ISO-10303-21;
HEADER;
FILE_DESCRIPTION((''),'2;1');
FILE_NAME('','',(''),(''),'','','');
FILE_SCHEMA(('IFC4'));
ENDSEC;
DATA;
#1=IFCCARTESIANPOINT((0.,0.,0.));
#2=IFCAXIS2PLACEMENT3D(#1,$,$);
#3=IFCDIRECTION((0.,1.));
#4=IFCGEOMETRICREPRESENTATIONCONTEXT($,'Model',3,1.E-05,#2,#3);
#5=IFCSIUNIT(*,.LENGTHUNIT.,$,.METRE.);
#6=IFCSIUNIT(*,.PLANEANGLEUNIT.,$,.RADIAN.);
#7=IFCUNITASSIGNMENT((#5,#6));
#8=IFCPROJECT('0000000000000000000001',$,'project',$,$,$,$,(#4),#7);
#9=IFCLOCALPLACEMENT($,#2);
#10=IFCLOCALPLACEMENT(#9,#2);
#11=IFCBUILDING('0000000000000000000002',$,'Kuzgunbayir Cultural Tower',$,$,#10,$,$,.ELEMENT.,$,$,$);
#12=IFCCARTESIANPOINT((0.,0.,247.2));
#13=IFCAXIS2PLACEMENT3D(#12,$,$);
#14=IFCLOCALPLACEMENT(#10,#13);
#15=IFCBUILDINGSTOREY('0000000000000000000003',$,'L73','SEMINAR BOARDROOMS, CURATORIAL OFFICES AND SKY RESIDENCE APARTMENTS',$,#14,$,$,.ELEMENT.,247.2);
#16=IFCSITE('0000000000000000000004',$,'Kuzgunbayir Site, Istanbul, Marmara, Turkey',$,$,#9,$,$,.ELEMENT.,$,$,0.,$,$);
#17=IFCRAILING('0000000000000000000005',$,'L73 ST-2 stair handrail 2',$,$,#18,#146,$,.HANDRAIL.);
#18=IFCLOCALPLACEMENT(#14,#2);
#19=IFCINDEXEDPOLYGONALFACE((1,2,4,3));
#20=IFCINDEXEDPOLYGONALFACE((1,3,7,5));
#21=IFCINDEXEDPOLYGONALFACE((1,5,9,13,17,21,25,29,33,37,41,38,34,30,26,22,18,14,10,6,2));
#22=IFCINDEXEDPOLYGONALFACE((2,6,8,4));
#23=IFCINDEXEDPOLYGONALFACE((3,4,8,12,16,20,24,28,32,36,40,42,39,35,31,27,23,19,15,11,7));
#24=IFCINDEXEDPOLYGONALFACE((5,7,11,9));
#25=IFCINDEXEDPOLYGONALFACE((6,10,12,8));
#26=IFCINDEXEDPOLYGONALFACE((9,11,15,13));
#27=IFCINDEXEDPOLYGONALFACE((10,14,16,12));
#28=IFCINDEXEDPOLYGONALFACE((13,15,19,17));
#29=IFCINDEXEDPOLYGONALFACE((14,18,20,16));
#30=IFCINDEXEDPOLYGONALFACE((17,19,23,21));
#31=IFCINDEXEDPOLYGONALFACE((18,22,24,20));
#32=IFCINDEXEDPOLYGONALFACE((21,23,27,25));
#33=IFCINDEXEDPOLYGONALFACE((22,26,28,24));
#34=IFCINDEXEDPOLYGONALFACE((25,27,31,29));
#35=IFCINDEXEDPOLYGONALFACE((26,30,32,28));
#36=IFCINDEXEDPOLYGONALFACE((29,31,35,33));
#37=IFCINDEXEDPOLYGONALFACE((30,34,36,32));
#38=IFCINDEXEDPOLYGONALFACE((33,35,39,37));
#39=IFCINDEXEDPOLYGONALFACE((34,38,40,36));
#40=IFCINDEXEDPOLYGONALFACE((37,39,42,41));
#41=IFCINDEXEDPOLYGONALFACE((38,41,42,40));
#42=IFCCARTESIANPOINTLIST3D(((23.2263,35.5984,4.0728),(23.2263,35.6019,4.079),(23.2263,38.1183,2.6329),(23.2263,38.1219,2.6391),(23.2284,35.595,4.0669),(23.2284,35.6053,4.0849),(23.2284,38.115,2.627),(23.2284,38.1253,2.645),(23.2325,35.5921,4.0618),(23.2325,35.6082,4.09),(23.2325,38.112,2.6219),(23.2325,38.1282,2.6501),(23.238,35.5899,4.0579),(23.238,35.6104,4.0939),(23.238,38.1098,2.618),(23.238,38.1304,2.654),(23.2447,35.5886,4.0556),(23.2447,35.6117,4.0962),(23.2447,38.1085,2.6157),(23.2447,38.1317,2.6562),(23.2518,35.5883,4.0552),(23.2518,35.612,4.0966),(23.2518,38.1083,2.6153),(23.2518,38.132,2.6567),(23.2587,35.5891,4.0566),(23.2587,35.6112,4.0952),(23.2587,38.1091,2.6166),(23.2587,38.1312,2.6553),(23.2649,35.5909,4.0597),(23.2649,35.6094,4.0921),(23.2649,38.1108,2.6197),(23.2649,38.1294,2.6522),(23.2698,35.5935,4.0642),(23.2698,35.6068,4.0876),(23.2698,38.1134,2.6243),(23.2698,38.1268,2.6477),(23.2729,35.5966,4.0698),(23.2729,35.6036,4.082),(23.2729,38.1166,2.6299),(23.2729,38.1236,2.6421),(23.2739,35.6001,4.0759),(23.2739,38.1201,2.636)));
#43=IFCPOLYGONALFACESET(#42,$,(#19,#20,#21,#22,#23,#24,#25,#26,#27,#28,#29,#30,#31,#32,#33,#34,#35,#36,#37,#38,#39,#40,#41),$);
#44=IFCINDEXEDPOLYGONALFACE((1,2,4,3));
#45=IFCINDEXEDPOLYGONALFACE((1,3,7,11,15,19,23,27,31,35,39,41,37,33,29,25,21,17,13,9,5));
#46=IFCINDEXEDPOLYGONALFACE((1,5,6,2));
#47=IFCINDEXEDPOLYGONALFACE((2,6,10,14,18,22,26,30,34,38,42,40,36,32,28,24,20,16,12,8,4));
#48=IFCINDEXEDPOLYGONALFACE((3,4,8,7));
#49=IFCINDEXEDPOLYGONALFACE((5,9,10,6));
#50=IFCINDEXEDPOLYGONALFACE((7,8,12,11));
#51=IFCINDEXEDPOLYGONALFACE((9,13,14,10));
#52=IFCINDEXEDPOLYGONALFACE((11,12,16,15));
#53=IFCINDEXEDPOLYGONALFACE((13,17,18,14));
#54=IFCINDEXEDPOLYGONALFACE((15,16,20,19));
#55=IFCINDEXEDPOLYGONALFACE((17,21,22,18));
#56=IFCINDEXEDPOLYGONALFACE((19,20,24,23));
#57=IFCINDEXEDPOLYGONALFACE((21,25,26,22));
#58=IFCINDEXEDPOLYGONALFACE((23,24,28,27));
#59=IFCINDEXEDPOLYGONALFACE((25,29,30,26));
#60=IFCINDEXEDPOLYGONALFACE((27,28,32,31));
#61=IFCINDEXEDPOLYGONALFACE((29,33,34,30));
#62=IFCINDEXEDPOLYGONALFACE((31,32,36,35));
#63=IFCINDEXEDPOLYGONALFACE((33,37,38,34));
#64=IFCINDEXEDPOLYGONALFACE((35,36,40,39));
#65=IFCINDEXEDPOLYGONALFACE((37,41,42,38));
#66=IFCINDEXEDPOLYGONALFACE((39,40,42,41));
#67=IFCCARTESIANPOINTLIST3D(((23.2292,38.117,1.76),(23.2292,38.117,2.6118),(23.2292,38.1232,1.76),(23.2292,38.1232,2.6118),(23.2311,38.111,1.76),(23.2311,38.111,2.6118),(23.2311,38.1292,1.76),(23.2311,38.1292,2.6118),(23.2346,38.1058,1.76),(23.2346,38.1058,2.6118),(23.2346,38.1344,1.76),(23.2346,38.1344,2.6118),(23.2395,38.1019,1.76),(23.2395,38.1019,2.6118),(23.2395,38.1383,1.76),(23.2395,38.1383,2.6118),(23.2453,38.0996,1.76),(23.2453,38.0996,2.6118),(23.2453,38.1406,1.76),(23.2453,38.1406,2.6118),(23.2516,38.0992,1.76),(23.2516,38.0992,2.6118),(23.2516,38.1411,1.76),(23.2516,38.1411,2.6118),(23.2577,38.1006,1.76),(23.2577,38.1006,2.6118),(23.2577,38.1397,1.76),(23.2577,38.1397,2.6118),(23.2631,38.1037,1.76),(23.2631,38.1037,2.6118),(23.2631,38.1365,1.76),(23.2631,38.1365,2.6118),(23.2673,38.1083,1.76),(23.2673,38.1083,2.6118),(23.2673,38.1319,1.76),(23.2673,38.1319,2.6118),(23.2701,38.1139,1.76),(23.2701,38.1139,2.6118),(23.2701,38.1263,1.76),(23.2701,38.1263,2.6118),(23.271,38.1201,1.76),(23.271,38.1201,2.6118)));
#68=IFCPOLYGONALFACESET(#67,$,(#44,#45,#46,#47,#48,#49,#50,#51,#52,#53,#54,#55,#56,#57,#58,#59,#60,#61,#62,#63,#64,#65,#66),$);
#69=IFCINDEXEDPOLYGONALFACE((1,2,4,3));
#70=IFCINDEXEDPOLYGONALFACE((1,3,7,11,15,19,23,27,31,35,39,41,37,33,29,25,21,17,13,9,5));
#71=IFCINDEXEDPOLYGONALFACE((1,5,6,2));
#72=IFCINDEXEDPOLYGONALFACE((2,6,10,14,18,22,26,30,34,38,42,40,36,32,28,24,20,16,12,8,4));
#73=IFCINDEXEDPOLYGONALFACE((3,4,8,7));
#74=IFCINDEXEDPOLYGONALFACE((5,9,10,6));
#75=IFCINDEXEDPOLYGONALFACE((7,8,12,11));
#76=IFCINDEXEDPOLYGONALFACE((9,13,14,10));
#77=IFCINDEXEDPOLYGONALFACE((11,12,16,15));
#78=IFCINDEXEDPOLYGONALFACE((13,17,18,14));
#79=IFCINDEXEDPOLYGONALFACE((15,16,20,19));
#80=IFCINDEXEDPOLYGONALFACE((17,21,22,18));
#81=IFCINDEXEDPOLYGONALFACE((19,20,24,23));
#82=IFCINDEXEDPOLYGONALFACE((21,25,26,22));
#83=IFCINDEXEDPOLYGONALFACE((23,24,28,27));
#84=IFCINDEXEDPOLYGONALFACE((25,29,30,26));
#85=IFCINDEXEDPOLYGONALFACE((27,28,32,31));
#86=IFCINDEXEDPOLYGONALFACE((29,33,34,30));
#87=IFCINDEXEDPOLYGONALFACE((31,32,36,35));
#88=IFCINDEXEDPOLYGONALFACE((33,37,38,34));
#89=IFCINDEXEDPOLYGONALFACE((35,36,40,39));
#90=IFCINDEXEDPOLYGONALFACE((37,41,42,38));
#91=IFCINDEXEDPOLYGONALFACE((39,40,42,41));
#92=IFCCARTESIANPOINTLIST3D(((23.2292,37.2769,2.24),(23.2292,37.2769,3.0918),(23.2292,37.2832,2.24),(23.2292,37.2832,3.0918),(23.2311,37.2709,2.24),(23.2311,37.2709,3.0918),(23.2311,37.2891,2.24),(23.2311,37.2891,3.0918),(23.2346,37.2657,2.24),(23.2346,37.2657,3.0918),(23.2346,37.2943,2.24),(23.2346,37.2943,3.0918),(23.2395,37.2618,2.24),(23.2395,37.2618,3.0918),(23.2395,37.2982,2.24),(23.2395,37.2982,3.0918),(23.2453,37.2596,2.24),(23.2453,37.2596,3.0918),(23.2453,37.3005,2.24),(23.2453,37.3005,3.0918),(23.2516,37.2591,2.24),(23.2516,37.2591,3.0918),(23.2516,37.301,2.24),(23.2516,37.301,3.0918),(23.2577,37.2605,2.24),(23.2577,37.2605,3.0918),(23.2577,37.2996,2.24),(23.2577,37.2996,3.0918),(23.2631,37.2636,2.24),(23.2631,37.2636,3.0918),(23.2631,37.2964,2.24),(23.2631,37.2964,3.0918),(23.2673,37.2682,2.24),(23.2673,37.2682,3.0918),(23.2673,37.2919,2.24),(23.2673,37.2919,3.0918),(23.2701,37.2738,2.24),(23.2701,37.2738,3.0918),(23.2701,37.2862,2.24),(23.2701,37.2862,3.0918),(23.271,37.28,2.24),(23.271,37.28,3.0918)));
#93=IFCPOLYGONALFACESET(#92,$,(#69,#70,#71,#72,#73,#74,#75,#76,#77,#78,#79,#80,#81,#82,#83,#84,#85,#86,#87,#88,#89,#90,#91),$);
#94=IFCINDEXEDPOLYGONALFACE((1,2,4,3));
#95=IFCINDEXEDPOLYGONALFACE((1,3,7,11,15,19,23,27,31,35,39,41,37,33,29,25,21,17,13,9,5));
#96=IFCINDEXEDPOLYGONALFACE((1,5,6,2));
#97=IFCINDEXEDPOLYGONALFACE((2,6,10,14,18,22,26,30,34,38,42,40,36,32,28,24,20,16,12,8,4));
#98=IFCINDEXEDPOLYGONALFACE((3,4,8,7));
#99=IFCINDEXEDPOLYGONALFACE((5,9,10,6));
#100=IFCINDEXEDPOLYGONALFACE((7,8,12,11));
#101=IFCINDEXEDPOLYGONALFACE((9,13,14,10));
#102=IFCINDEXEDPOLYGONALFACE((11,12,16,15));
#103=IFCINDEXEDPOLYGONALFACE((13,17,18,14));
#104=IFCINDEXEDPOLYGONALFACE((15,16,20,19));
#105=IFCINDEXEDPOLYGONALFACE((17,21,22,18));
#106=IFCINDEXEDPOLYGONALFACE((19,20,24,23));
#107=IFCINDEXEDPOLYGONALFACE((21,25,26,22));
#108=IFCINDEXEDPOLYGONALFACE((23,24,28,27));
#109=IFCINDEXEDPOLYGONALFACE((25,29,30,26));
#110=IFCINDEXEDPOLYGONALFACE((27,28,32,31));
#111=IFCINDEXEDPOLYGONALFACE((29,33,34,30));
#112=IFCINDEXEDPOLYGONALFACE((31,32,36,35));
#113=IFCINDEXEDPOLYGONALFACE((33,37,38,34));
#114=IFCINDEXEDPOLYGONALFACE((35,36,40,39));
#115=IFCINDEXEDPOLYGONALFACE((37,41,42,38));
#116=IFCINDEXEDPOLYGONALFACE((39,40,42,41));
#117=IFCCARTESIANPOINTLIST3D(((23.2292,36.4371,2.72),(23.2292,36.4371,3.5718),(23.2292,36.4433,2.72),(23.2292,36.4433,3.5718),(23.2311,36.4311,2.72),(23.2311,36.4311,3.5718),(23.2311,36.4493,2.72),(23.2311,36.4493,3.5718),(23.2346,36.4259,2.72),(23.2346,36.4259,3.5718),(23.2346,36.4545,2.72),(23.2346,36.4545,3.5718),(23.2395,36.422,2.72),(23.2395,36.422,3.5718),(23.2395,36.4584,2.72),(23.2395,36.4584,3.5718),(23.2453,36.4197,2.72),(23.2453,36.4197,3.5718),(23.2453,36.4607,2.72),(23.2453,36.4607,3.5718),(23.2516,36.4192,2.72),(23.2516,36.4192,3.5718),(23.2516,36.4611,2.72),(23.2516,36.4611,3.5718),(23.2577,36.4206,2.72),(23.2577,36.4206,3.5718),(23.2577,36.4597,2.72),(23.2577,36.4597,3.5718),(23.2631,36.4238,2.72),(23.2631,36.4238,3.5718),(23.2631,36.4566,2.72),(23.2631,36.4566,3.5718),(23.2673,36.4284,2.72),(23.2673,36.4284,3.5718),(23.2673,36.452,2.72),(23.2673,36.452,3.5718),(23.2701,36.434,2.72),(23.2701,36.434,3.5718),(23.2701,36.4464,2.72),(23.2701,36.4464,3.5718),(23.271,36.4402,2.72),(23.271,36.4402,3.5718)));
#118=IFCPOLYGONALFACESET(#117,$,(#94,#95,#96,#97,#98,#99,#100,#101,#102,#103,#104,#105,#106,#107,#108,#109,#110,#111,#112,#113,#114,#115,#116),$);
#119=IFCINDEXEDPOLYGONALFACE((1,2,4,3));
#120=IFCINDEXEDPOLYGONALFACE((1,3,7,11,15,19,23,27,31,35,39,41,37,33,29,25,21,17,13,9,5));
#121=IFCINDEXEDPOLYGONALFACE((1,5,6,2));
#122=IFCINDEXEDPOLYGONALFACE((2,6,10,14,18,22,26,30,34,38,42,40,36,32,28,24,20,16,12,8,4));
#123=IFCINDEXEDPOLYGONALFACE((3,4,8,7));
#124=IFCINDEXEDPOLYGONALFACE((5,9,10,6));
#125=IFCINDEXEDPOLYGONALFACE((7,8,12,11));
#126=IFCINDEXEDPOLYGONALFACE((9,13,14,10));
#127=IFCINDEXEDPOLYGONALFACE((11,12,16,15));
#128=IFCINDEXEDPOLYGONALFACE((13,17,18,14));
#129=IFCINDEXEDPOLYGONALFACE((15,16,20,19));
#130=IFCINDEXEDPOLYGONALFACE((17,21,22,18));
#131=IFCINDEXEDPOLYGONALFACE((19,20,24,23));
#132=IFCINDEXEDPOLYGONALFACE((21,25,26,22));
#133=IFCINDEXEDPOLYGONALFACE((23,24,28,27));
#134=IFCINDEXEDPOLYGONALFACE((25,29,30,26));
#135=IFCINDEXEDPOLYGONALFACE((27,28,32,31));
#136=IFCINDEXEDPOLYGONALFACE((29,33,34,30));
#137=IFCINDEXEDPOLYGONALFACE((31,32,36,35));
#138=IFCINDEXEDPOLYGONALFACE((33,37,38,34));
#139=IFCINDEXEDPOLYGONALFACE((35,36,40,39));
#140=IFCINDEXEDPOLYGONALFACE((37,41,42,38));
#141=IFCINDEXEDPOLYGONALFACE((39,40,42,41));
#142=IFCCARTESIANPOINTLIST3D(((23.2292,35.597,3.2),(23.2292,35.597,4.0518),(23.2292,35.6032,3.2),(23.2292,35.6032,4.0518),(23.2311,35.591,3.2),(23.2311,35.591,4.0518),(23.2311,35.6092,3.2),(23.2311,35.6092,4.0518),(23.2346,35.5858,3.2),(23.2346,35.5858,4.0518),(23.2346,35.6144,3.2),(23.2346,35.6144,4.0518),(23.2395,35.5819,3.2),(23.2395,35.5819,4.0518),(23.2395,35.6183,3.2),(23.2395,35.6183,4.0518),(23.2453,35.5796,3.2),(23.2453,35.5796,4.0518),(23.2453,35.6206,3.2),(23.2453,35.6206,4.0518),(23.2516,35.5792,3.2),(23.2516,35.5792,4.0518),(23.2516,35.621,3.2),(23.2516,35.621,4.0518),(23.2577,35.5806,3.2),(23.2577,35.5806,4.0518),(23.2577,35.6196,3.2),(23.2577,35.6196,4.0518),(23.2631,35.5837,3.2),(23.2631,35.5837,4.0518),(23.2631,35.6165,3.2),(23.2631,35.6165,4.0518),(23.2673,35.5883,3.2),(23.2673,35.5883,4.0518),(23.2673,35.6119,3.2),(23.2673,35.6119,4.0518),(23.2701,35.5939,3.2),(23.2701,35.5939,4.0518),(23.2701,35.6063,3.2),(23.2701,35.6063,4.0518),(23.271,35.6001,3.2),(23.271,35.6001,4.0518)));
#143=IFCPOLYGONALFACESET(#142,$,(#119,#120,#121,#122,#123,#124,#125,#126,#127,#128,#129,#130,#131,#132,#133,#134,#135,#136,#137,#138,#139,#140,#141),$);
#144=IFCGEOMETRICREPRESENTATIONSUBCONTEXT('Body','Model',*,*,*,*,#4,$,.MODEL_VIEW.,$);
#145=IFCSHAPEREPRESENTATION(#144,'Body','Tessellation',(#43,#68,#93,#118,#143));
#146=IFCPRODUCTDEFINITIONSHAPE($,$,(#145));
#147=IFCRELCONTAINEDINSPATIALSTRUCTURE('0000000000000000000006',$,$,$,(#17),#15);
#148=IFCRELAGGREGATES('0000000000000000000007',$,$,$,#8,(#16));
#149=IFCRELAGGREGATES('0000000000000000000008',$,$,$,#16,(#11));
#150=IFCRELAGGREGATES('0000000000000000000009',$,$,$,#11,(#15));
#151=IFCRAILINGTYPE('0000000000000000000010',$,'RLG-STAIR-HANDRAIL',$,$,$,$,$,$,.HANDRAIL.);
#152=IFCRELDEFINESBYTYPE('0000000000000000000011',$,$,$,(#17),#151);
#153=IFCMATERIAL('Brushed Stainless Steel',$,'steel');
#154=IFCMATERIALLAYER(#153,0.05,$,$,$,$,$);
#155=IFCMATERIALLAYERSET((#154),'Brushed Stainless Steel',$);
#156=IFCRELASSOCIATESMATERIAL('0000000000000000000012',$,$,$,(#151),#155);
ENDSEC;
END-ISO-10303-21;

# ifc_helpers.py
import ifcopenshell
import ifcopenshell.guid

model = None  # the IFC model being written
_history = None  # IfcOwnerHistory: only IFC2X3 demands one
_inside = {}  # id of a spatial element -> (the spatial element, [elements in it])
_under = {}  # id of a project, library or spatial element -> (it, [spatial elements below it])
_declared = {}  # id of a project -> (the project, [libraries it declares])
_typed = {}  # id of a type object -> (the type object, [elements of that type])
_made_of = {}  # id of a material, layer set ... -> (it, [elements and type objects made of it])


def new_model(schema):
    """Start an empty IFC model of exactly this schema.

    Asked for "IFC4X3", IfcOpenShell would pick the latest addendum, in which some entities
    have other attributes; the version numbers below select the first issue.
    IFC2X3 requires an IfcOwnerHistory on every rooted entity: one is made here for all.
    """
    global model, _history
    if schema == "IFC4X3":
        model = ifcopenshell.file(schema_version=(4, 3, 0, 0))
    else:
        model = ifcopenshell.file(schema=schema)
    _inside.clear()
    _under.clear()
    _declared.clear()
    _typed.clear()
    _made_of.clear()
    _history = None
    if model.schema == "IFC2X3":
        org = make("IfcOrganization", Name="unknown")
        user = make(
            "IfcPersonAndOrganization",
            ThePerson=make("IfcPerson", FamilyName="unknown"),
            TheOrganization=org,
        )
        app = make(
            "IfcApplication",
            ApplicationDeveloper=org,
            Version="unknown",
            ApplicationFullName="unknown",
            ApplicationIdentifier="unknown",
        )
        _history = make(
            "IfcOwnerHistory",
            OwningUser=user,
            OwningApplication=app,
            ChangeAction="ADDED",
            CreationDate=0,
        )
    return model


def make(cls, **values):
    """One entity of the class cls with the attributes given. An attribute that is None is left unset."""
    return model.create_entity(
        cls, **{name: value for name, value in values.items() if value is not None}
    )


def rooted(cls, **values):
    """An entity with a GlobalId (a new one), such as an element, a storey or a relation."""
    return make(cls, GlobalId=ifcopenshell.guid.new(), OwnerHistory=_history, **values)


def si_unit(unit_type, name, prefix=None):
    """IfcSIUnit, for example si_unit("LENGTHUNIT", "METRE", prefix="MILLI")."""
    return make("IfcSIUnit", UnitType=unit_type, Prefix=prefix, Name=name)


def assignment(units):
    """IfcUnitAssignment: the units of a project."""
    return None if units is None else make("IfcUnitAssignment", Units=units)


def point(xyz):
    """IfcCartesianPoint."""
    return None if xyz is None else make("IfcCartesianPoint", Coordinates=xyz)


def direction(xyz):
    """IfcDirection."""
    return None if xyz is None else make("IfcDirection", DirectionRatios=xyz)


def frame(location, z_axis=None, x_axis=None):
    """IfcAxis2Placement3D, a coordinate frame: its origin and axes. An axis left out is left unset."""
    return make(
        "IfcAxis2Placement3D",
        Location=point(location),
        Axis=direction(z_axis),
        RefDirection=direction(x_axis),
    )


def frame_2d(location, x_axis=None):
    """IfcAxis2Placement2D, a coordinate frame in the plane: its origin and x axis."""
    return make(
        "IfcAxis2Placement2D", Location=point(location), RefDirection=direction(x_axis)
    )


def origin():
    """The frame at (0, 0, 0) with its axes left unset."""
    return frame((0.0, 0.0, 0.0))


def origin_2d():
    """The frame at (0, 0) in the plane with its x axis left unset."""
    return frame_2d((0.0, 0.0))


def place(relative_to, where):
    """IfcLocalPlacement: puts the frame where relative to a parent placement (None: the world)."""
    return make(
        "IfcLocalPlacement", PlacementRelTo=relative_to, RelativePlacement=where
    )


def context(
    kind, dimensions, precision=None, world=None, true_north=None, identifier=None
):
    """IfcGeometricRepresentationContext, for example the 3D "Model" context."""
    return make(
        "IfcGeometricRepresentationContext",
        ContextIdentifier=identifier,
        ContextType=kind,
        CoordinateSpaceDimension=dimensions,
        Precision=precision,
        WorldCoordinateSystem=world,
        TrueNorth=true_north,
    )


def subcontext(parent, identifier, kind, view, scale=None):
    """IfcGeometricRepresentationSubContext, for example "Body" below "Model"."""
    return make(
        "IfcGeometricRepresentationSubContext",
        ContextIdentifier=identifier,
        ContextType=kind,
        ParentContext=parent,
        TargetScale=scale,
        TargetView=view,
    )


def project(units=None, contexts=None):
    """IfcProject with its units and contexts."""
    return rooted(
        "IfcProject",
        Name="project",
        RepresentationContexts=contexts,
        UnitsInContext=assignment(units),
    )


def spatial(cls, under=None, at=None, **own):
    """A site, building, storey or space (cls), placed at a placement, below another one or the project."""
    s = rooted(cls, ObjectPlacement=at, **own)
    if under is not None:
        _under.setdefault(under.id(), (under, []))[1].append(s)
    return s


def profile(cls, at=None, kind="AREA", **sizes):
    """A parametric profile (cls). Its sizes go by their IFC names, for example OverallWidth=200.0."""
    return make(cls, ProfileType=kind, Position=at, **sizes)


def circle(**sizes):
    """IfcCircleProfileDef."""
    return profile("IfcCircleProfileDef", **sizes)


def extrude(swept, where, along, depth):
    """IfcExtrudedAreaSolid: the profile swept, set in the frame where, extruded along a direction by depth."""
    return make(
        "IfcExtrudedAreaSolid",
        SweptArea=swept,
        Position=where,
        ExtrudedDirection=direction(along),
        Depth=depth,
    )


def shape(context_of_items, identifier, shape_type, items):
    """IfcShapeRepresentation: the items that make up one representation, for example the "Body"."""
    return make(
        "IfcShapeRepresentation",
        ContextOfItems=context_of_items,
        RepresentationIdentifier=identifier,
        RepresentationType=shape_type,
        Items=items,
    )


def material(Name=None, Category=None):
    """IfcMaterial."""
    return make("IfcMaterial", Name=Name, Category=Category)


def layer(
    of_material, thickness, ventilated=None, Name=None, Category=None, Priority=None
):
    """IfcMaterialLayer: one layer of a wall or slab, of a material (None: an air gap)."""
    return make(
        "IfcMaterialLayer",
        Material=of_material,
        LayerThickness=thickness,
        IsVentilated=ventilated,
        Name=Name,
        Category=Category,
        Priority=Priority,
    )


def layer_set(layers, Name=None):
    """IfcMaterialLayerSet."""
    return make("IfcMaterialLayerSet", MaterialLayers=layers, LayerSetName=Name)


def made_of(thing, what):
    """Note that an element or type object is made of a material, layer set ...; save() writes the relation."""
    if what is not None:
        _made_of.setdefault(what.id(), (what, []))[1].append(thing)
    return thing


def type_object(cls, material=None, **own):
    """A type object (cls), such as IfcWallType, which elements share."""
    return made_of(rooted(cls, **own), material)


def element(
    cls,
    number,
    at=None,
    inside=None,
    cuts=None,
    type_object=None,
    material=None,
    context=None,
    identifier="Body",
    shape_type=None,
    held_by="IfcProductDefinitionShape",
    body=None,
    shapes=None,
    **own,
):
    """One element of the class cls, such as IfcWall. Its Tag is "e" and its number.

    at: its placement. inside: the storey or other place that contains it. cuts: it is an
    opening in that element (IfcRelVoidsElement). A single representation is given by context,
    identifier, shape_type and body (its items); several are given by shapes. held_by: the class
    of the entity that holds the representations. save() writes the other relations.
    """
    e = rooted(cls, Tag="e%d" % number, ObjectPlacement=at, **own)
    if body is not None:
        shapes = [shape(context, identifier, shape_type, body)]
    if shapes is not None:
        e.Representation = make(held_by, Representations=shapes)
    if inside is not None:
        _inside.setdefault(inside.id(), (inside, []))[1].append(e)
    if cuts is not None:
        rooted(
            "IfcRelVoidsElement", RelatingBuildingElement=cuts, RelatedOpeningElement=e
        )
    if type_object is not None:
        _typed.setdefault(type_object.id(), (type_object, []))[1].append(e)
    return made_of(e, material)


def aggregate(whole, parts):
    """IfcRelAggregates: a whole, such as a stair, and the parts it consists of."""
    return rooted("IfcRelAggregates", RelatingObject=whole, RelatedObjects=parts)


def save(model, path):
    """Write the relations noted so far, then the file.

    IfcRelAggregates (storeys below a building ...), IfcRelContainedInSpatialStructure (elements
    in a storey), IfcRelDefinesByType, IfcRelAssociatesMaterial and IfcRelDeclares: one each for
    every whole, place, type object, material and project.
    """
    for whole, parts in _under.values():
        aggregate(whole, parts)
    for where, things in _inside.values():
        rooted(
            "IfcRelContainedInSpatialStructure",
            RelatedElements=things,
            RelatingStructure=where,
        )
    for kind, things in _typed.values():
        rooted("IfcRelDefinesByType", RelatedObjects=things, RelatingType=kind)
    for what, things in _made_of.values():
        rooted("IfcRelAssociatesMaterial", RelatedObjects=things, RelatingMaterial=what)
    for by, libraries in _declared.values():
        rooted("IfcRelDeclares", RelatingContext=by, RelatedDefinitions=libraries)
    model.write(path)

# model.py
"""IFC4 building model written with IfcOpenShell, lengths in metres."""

from ifc_helpers import new_model, si_unit, direction, frame, origin, origin_2d, place, context, subcontext, project, spatial, circle, extrude, material, layer, layer_set, type_object, element, save


model = new_model("IFC4")

# Units and contexts
model_context = context("Model", 3, precision=1e-05, world=origin(), true_north=direction((0.0, 1.0)))
body_context = subcontext(model_context, "Body", "Model", "MODEL_VIEW")
ifc_project = project(units=[si_unit("LENGTHUNIT", "METRE"), si_unit("PLANEANGLEUNIT", "RADIAN")], contexts=[model_context])

# Site, building, storey
site_placement = place(None, origin())
site = spatial("IfcSite", under=ifc_project, at=site_placement, Name="Kuzgunbayir Site, Istanbul, Marmara, Turkey", CompositionType="ELEMENT", RefElevation=0.0)
building_placement = place(site_placement, origin())
building = spatial("IfcBuilding", under=site, at=building_placement, Name="Kuzgunbayir Cultural Tower", CompositionType="ELEMENT")
storey_placement = place(building_placement, frame((0.0, 0.0, 247.2)))
storey = spatial("IfcBuildingStorey", under=building, at=storey_placement, Name="L73", Description="SEMINAR BOARDROOMS, CURATORIAL OFFICES AND SKY RESIDENCE APARTMENTS", CompositionType="ELEMENT", Elevation=247.2)

# Shared definitions
ifc_material_1 = material(Name="Brushed Stainless Steel", Category="steel")

# Railing
ifc_layer_1 = layer(ifc_material_1, 0.05)
ifc_layer_set_1 = layer_set([ifc_layer_1], Name="Brushed Stainless Steel")
railing_type = type_object("IfcRailingType", Name="RLG-STAIR-HANDRAIL", PredefinedType="HANDRAIL", material=ifc_layer_set_1)
railing_placement = place(storey_placement, frame((23.25, 38.1201, 1.76)))
element("IfcRailing", 1, at=railing_placement, inside=storey, type_object=railing_type, Name="L73 ST-2 stair handrail 2", PredefinedType="HANDRAIL", context=body_context, shape_type="SweptSolid", body=[
    extrude(circle(Radius=0.0239, at=origin_2d()), frame((0.0, 0.0, 0.876), z_axis=(0.0, -0.868253, 0.496121), x_axis=(1.0, 0.0, 0.0)), (0.0, 0.0, 1.0), 2.9023),
    extrude(circle(Radius=0.021, at=origin_2d()), origin(), (0.0, 0.0, 1.0), 0.8518),
    extrude(circle(Radius=0.021, at=origin_2d()), frame((0.0, -0.8401, 0.48)), (0.0, 0.0, 1.0), 0.8518),
    extrude(circle(Radius=0.021, at=origin_2d()), frame((0.0, -1.6799, 0.96)), (0.0, 0.0, 1.0), 0.8518),
    extrude(circle(Radius=0.021, at=origin_2d()), frame((0.0, -2.52, 1.4399)), (0.0, 0.0, 1.0), 0.8518),
])

save(model, "model.ifc")
